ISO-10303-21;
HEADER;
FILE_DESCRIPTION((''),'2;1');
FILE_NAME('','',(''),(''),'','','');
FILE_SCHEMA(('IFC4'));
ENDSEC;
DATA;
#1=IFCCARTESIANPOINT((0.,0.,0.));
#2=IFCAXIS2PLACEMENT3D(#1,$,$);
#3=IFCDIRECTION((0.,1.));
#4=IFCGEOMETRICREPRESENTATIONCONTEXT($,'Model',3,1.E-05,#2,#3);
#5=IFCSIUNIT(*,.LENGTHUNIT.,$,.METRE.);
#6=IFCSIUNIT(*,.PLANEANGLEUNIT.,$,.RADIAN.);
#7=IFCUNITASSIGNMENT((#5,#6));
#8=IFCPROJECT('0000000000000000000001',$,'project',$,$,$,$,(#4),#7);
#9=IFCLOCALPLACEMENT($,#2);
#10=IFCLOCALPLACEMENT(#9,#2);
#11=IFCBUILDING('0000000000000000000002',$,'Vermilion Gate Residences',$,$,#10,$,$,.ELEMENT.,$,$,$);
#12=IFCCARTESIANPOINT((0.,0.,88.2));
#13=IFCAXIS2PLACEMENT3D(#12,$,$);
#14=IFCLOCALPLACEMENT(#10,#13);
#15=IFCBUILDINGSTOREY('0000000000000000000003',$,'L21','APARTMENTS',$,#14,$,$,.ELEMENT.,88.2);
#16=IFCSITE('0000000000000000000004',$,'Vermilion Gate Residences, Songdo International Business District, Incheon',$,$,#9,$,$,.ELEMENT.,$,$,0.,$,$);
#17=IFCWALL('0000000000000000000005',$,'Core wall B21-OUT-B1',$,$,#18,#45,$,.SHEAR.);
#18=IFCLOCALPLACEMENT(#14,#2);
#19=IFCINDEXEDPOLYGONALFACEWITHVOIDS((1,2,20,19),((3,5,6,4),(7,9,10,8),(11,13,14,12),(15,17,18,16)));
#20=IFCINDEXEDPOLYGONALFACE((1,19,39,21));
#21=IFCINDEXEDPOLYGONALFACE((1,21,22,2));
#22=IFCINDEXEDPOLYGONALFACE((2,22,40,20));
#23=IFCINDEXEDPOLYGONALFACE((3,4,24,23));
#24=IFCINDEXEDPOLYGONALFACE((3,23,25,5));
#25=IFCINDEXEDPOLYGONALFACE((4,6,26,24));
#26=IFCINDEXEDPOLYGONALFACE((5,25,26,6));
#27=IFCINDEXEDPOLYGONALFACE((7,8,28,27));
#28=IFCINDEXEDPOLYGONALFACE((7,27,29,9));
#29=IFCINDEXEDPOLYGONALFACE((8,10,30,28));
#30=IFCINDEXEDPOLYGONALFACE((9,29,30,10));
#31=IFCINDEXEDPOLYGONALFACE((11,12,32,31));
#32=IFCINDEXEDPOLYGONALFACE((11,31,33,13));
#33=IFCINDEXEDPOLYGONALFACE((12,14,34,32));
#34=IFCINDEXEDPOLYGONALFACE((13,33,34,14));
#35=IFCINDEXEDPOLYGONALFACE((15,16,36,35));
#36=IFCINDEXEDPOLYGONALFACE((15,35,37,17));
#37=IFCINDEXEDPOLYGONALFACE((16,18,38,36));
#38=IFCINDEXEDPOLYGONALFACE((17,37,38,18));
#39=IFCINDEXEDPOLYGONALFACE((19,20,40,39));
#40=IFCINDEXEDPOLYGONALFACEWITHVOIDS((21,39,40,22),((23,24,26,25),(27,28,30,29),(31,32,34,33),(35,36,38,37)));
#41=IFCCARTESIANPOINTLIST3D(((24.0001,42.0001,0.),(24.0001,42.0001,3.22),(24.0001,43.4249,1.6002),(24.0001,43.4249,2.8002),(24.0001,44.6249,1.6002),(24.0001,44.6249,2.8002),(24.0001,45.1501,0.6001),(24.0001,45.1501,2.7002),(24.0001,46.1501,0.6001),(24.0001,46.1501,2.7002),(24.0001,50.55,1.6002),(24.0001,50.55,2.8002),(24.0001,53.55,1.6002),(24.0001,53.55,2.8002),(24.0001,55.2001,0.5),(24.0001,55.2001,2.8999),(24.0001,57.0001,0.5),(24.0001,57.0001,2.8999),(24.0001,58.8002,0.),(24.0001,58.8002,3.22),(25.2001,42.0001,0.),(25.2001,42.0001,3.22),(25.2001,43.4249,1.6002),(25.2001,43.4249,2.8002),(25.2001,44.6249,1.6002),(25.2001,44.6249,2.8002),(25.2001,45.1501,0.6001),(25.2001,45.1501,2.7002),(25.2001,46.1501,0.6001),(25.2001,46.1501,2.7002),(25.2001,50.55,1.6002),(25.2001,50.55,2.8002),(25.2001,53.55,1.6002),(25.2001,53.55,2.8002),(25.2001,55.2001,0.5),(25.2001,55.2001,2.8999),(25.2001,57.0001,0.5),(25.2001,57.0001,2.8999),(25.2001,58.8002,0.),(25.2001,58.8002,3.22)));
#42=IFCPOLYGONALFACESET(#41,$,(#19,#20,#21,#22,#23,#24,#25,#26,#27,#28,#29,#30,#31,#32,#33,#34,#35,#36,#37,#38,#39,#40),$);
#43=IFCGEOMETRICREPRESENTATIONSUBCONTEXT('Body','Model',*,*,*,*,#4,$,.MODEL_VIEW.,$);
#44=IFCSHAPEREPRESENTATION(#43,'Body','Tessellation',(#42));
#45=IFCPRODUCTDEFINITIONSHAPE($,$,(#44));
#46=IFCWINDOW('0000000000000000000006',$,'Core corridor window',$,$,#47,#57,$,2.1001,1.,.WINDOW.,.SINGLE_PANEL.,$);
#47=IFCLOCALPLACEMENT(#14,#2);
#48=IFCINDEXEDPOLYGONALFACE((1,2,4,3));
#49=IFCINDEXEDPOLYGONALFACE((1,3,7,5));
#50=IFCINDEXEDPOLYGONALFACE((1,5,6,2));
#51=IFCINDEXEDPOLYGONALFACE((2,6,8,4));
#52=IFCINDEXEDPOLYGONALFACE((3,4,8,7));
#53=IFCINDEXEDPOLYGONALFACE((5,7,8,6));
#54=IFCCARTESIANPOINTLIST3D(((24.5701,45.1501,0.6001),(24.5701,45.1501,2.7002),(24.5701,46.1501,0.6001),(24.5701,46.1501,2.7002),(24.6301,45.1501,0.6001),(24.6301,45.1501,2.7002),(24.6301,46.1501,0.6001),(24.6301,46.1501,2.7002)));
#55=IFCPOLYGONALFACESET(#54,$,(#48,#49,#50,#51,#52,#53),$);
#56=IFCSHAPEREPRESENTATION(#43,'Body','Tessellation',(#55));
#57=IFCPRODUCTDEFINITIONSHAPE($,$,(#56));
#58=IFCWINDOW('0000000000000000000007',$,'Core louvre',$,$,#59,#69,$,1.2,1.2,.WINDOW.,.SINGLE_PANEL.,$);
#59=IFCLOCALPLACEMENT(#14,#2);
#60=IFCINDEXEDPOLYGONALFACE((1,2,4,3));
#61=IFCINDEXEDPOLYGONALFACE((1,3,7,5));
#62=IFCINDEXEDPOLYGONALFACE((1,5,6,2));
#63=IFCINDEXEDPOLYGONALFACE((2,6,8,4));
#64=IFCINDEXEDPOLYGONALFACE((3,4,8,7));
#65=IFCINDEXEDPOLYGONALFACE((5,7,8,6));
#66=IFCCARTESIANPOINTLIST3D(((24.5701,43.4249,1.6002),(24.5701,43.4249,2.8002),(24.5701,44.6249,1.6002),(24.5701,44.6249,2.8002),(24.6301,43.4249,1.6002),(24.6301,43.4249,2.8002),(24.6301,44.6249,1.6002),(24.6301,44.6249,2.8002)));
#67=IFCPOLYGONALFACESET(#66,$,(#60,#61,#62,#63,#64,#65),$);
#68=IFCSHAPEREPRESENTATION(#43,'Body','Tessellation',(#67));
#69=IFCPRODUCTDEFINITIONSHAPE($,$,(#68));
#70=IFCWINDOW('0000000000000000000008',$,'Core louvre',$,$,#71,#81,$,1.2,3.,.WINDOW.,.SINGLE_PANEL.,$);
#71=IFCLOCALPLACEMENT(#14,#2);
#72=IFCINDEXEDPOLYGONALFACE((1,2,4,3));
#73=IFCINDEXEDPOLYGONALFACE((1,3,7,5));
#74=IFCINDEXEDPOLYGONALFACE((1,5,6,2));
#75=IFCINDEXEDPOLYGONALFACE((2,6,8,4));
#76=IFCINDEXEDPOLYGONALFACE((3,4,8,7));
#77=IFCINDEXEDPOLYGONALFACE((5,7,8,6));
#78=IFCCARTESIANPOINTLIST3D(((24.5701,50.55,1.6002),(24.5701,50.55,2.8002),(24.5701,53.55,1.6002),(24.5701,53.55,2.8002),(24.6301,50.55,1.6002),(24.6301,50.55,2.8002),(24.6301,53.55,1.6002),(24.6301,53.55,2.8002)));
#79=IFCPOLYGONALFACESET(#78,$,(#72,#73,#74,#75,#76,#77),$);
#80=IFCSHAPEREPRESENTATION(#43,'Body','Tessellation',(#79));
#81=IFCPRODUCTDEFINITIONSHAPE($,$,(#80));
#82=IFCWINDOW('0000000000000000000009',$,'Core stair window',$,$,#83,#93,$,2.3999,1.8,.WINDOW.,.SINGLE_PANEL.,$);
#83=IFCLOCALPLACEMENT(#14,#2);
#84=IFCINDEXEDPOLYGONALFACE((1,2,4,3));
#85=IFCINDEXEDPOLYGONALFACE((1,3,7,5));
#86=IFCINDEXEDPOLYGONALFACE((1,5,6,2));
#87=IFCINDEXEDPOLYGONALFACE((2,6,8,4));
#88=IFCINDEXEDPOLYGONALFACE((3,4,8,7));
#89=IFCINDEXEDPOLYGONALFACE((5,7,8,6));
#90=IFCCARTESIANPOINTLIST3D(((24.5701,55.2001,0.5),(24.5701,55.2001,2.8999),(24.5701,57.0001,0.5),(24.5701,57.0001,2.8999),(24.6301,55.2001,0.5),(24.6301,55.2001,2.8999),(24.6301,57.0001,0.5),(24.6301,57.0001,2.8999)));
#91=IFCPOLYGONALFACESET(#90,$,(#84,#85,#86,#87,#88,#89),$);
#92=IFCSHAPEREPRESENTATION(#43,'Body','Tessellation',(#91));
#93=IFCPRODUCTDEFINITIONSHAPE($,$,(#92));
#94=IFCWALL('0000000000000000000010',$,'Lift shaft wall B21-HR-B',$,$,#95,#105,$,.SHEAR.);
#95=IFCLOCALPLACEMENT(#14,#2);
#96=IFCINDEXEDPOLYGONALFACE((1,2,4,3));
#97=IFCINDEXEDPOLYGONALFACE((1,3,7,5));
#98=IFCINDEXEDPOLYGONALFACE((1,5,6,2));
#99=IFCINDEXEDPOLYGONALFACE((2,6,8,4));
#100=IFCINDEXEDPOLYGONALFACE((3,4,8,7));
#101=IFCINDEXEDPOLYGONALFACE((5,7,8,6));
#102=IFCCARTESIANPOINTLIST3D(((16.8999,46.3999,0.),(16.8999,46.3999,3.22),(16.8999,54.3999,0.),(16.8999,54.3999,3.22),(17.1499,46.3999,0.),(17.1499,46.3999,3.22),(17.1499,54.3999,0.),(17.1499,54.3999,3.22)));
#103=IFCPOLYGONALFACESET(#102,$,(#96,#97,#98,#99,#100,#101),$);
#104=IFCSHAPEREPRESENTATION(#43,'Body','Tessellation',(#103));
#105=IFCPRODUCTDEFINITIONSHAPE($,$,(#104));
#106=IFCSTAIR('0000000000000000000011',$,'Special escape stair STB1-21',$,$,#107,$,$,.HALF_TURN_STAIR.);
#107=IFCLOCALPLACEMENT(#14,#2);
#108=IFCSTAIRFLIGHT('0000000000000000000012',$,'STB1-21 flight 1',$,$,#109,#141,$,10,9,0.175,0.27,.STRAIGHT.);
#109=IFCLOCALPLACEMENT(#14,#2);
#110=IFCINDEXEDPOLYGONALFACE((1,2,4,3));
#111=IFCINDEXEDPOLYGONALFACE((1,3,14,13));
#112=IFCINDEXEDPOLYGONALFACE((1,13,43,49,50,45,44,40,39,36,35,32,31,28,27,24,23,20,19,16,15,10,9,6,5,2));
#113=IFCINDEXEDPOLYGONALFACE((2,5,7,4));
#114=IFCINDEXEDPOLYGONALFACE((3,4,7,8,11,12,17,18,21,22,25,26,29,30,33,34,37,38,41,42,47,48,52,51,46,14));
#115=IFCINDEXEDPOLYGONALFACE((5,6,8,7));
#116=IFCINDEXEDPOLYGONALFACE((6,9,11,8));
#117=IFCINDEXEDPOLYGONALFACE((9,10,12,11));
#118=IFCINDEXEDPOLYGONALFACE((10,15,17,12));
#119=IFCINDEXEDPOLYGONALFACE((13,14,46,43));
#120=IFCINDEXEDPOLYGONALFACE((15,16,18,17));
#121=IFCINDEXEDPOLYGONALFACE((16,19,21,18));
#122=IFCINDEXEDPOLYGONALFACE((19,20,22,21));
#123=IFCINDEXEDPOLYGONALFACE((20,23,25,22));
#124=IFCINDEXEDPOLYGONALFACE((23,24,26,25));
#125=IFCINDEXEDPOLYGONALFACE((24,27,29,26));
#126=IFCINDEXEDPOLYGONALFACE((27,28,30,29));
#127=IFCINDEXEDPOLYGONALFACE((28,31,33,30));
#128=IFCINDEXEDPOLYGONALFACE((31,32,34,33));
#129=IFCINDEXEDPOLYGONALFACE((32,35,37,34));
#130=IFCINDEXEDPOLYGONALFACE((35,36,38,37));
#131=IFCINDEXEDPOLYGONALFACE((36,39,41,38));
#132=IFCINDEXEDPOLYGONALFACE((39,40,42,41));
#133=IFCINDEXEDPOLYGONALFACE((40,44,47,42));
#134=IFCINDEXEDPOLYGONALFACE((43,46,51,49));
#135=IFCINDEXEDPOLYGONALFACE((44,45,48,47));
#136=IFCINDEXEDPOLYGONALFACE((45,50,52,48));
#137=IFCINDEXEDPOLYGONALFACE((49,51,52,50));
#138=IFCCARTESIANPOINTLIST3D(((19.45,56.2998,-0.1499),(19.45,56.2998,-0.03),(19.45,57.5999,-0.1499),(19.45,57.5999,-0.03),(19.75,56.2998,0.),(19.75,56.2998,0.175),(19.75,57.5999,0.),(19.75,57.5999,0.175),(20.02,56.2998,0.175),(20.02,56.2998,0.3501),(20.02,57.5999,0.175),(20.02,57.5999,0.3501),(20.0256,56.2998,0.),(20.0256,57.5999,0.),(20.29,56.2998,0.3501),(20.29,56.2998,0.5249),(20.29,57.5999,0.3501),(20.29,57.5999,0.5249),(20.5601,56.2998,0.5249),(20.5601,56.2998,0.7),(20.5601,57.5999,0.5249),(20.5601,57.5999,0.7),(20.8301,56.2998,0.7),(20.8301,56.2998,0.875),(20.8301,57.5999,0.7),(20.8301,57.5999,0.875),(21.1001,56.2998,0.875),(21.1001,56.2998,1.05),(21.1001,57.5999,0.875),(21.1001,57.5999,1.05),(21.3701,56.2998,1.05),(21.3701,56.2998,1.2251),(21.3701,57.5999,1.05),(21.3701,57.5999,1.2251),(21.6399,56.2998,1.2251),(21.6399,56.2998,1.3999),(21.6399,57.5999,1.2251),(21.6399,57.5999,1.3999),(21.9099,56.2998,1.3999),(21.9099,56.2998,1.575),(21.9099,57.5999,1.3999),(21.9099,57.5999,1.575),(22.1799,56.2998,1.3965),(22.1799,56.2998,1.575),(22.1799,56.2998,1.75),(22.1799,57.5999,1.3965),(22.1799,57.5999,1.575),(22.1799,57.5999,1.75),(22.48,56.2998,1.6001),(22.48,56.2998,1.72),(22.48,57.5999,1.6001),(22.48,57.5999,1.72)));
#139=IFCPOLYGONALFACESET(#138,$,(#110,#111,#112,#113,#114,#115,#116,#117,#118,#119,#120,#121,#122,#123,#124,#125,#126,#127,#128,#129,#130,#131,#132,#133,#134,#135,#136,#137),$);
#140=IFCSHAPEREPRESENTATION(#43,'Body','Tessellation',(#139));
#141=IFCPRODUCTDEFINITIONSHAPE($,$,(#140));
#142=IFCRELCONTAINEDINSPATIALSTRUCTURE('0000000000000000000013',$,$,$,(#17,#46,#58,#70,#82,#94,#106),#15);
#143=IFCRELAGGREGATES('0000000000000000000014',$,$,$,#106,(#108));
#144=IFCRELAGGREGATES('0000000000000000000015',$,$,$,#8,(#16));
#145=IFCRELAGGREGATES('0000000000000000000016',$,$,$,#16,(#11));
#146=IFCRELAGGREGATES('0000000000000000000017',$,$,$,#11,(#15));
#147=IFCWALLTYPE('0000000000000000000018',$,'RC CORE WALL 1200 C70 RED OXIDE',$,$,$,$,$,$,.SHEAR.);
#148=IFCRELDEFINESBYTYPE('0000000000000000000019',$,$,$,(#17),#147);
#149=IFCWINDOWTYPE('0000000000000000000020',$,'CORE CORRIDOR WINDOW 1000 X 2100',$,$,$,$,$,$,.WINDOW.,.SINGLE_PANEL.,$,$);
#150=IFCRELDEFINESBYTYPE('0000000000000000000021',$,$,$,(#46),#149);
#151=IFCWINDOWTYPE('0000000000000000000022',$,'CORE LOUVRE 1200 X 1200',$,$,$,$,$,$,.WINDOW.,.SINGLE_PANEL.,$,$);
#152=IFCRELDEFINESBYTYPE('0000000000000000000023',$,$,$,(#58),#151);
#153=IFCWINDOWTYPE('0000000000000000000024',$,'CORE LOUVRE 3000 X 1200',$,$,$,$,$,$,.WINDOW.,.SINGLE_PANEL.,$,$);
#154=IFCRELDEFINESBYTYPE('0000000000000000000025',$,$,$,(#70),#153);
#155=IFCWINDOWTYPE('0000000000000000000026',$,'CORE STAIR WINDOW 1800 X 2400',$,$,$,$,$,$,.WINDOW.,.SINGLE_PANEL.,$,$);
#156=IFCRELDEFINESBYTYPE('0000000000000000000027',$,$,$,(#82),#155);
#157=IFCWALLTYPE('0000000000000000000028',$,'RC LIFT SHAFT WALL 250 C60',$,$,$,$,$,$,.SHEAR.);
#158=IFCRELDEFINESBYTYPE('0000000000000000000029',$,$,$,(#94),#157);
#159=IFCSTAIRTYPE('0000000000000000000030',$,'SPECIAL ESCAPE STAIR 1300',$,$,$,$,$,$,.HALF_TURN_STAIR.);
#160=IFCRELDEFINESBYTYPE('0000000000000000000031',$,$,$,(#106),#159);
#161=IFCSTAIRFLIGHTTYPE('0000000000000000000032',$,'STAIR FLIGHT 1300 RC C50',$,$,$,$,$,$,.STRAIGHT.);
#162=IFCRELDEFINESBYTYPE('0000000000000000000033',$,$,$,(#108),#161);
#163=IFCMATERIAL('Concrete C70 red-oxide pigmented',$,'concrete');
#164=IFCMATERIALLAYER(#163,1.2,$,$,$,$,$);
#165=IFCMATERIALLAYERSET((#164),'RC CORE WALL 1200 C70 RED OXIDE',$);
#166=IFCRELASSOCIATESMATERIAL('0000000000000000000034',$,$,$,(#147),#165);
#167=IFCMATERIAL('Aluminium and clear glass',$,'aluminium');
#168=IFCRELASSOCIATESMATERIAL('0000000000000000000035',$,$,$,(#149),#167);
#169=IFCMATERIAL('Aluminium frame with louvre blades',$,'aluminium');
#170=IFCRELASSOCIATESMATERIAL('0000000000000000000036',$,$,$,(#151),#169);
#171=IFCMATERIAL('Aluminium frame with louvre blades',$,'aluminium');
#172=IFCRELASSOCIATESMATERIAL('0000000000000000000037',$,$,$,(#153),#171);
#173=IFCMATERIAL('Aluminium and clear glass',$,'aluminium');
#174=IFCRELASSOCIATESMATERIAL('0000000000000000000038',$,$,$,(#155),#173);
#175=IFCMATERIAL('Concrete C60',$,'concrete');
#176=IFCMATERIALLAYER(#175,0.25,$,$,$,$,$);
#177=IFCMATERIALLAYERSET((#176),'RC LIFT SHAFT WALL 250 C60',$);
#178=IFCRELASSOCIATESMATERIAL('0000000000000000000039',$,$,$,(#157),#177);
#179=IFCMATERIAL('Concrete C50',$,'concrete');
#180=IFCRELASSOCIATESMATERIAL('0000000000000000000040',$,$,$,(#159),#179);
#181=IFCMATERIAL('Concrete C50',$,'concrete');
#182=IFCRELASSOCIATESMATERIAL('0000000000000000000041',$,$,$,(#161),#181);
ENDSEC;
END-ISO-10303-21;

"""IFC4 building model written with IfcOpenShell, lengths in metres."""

from ifc_helpers import new_model, si_unit, direction, frame, frame_2d, origin, place, context, subcontext, project, spatial, polyline, rectangle, outline, extrude, material, layer, layer_set, type_object, element, fill, aggregate, save


model = new_model("IFC4")

# Units and contexts
model_context = context("Model", 3, precision=1e-05, world=origin(), true_north=direction((0.0, 1.0)))
body_context = subcontext(model_context, "Body", "Model", "MODEL_VIEW")
ifc_project = project(units=[si_unit("LENGTHUNIT", "METRE"), si_unit("PLANEANGLEUNIT", "RADIAN")], contexts=[model_context])

# Site, building, storey
site_placement = place(None, origin())
site = spatial("IfcSite", under=ifc_project, at=site_placement, Name="Vermilion Gate Residences, Songdo International Business District, Incheon", CompositionType="ELEMENT", RefElevation=0.0)
building_placement = place(site_placement, origin())
building = spatial("IfcBuilding", under=site, at=building_placement, Name="Vermilion Gate Residences", CompositionType="ELEMENT")
storey_placement = place(building_placement, frame((0.0, 0.0, 88.2)))
storey = spatial("IfcBuildingStorey", under=building, at=storey_placement, Name="L21", Description="APARTMENTS", CompositionType="ELEMENT", Elevation=88.2)

# Wall, openings, windows
ifc_material_1 = material(Name="Concrete C70 red-oxide pigmented", Category="concrete")
ifc_layer_1 = layer(ifc_material_1, 1.2)
ifc_layer_set_1 = layer_set([ifc_layer_1], Name="RC CORE WALL 1200 C70 RED OXIDE")
wall_type_1 = type_object("IfcWallType", Name="RC CORE WALL 1200 C70 RED OXIDE", PredefinedType="SHEAR", material=ifc_layer_set_1)
wall_1_placement = place(storey_placement, frame((24.6001, 58.8, 0.0), z_axis=(0.0, 0.0, 1.0), x_axis=(0.0, -1.0, 0.0)))
wall_1 = element("IfcWall", 1, at=wall_1_placement, inside=storey, type_object=wall_type_1, Name="Core wall B21-OUT-B1", PredefinedType="SHEAR", context=body_context, shape_type="SweptSolid", body=[
    extrude(rectangle(XDim=16.8, YDim=1.2, at=frame_2d((8.3999, 0.0))), origin(), (0.0, 0.0, 1.0), 3.22),
])
opening_1_placement = place(wall_1_placement, frame((1.8, 0.0, 0.5)))
opening_1 = element("IfcOpeningElement", 2, at=opening_1_placement, cuts=wall_1, PredefinedType="OPENING", context=body_context, shape_type="SweptSolid", body=[
    extrude(rectangle(XDim=1.8, YDim=2.3999, at=frame_2d((0.8999, 1.2))), frame((0.0, 0.6099, 0.0), z_axis=(0.0, -1.0, 0.0), x_axis=(1.0, 0.0, 0.0)), (0.0, 0.0, 1.0), 1.22),
])
opening_2_placement = place(wall_1_placement, frame((5.25, 0.0, 1.6001)))
opening_2 = element("IfcOpeningElement", 3, at=opening_2_placement, cuts=wall_1, PredefinedType="OPENING", context=body_context, shape_type="SweptSolid", body=[
    extrude(rectangle(XDim=3.0, YDim=1.2, at=frame_2d((1.5, 0.6001))), frame((0.0, 0.6099, 0.0), z_axis=(0.0, -1.0, 0.0), x_axis=(1.0, 0.0, 0.0)), (0.0, 0.0, 1.0), 1.22),
])
opening_3_placement = place(wall_1_placement, frame((12.6499, 0.0, 0.6001)))
opening_3 = element("IfcOpeningElement", 4, at=opening_3_placement, cuts=wall_1, PredefinedType="OPENING", context=body_context, shape_type="SweptSolid", body=[
    extrude(rectangle(XDim=1.0, YDim=2.1001, at=frame_2d((0.5, 1.05))), frame((0.0, 0.6099, 0.0), z_axis=(0.0, -1.0, 0.0), x_axis=(1.0, 0.0, 0.0)), (0.0, 0.0, 1.0), 1.22),
])
opening_4_placement = place(wall_1_placement, frame((14.175, 0.0, 1.6001)))
opening_4 = element("IfcOpeningElement", 5, at=opening_4_placement, cuts=wall_1, PredefinedType="OPENING", context=body_context, shape_type="SweptSolid", body=[
    extrude(rectangle(XDim=1.2, YDim=1.2, at=frame_2d((0.6001, 0.6001))), frame((0.0, 0.6099, 0.0), z_axis=(0.0, -1.0, 0.0), x_axis=(1.0, 0.0, 0.0)), (0.0, 0.0, 1.0), 1.22),
])
ifc_material_2 = material(Name="Aluminium and clear glass", Category="aluminium")
window_type_1 = type_object("IfcWindowType", Name="CORE CORRIDOR WINDOW 1000 X 2100", PartitioningType="SINGLE_PANEL", PredefinedType="WINDOW", material=ifc_material_2)
window_1_placement = place(opening_3_placement, origin())
window_1 = element("IfcWindow", 6, at=window_1_placement, inside=storey, type_object=window_type_1, Name="Core corridor window", OverallHeight=2.1001, OverallWidth=1.0, PartitioningType="SINGLE_PANEL", PredefinedType="WINDOW", context=body_context, shape_type="SweptSolid", body=[
    extrude(rectangle(XDim=1.0, YDim=2.1001, at=frame_2d((0.5, 1.05))), frame((0.0, 0.03, 0.0), z_axis=(0.0, -1.0, 0.0), x_axis=(1.0, 0.0, 0.0)), (0.0, 0.0, 1.0), 0.0601),
])
fill(opening_3, window_1)
ifc_material_3 = material(Name="Aluminium frame with louvre blades", Category="aluminium")
window_type_2 = type_object("IfcWindowType", Name="CORE LOUVRE 1200 X 1200", PartitioningType="SINGLE_PANEL", PredefinedType="WINDOW", material=ifc_material_3)
window_2_placement = place(opening_4_placement, origin())
window_2 = element("IfcWindow", 7, at=window_2_placement, inside=storey, type_object=window_type_2, Name="Core louvre", OverallHeight=1.2, OverallWidth=1.2, PartitioningType="SINGLE_PANEL", PredefinedType="WINDOW", context=body_context, shape_type="SweptSolid", body=[
    extrude(rectangle(XDim=1.2, YDim=1.2, at=frame_2d((0.6001, 0.6001))), frame((0.0, 0.03, 0.0), z_axis=(0.0, -1.0, 0.0), x_axis=(1.0, 0.0, 0.0)), (0.0, 0.0, 1.0), 0.0601),
])
fill(opening_4, window_2)
ifc_material_4 = material(Name="Aluminium frame with louvre blades", Category="aluminium")
window_type_3 = type_object("IfcWindowType", Name="CORE LOUVRE 3000 X 1200", PartitioningType="SINGLE_PANEL", PredefinedType="WINDOW", material=ifc_material_4)
window_3_placement = place(opening_2_placement, origin())
window_3 = element("IfcWindow", 8, at=window_3_placement, inside=storey, type_object=window_type_3, Name="Core louvre", OverallHeight=1.2, OverallWidth=3.0, PartitioningType="SINGLE_PANEL", PredefinedType="WINDOW", context=body_context, shape_type="SweptSolid", body=[
    extrude(rectangle(XDim=3.0, YDim=1.2, at=frame_2d((1.5, 0.6001))), frame((0.0, 0.03, 0.0), z_axis=(0.0, -1.0, 0.0), x_axis=(1.0, 0.0, 0.0)), (0.0, 0.0, 1.0), 0.0601),
])
fill(opening_2, window_3)
ifc_material_5 = material(Name="Aluminium and clear glass", Category="aluminium")
window_type_4 = type_object("IfcWindowType", Name="CORE STAIR WINDOW 1800 X 2400", PartitioningType="SINGLE_PANEL", PredefinedType="WINDOW", material=ifc_material_5)
window_4_placement = place(opening_1_placement, origin())
window_4 = element("IfcWindow", 9, at=window_4_placement, inside=storey, type_object=window_type_4, Name="Core stair window", OverallHeight=2.3999, OverallWidth=1.8, PartitioningType="SINGLE_PANEL", PredefinedType="WINDOW", context=body_context, shape_type="SweptSolid", body=[
    extrude(rectangle(XDim=1.8, YDim=2.3999, at=frame_2d((0.8999, 1.2))), frame((0.0, 0.03, 0.0), z_axis=(0.0, -1.0, 0.0), x_axis=(1.0, 0.0, 0.0)), (0.0, 0.0, 1.0), 0.0601),
])
fill(opening_1, window_4)

# Wall
ifc_material_6 = material(Name="Concrete C60", Category="concrete")
ifc_layer_2 = layer(ifc_material_6, 0.25)
ifc_layer_set_2 = layer_set([ifc_layer_2], Name="RC LIFT SHAFT WALL 250 C60")
wall_type_2 = type_object("IfcWallType", Name="RC LIFT SHAFT WALL 250 C60", PredefinedType="SHEAR", material=ifc_layer_set_2)
wall_2_placement = place(storey_placement, frame((17.0249, 54.3999, 0.0), z_axis=(0.0, 0.0, 1.0), x_axis=(0.0, -1.0, 0.0)))
element("IfcWall", 10, at=wall_2_placement, inside=storey, type_object=wall_type_2, Name="Lift shaft wall B21-HR-B", PredefinedType="SHEAR", context=body_context, shape_type="SweptSolid", body=[
    extrude(rectangle(XDim=8.0, YDim=0.25, at=frame_2d((4.0, 0.0))), origin(), (0.0, 0.0, 1.0), 3.22),
])

# Stair, stair flight
ifc_material_7 = material(Name="Concrete C50", Category="concrete")
stair_type = type_object("IfcStairType", Name="SPECIAL ESCAPE STAIR 1300", PredefinedType="HALF_TURN_STAIR", material=ifc_material_7)
stair_placement = place(storey_placement, origin())
stair = element("IfcStair", 11, at=stair_placement, inside=storey, type_object=stair_type, Name="Special escape stair STB1-21", PredefinedType="HALF_TURN_STAIR")
ifc_material_8 = material(Name="Concrete C50", Category="concrete")
stair_flight_type = type_object("IfcStairFlightType", Name="STAIR FLIGHT 1300 RC C50", PredefinedType="STRAIGHT", material=ifc_material_8)
stair_flight_1_placement = place(storey_placement, frame((19.75, 56.95, 0.0), z_axis=(0.0, 0.0, 1.0), x_axis=(1.0, 0.0, 0.0)))
stair_flight_1 = element("IfcStairFlight", 12, at=stair_flight_1_placement, type_object=stair_flight_type, Name="STB1-21 flight 1", NumberOfRisers=10, NumberOfTreads=9, PredefinedType="STRAIGHT", RiserHeight=0.175, TreadLength=0.27, context=body_context, shape_type="SweptSolid", body=[
    extrude(outline(polyline([(-0.3, -0.1499), (-0.3, -0.03), (0.0, 0.0), (0.0, 0.175), (0.27, 0.175), (0.27, 0.3501), (0.54, 0.3501), (0.54, 0.5249), (0.8101, 0.5249), (0.8101, 0.7), (1.0801, 0.7), (1.0801, 0.875), (1.3501, 0.875), (1.3501, 1.05), (1.6201, 1.05), (1.6201, 1.2251), (1.8899, 1.2251), (1.8899, 1.3999), (2.1599, 1.3999), (2.1599, 1.575), (2.4299, 1.575), (2.4299, 1.75), (2.73, 1.72), (2.73, 1.6001), (2.4299, 1.3965), (0.2756, 0.0), (-0.3, -0.1499)])), frame((0.0, 0.6499, 0.0), z_axis=(0.0, -1.0, 0.0), x_axis=(1.0, 0.0, 0.0)), (0.0, 0.0, 1.0), 1.3),
])
aggregate(stair, [stair_flight_1])

save(model, "model.ifc")
